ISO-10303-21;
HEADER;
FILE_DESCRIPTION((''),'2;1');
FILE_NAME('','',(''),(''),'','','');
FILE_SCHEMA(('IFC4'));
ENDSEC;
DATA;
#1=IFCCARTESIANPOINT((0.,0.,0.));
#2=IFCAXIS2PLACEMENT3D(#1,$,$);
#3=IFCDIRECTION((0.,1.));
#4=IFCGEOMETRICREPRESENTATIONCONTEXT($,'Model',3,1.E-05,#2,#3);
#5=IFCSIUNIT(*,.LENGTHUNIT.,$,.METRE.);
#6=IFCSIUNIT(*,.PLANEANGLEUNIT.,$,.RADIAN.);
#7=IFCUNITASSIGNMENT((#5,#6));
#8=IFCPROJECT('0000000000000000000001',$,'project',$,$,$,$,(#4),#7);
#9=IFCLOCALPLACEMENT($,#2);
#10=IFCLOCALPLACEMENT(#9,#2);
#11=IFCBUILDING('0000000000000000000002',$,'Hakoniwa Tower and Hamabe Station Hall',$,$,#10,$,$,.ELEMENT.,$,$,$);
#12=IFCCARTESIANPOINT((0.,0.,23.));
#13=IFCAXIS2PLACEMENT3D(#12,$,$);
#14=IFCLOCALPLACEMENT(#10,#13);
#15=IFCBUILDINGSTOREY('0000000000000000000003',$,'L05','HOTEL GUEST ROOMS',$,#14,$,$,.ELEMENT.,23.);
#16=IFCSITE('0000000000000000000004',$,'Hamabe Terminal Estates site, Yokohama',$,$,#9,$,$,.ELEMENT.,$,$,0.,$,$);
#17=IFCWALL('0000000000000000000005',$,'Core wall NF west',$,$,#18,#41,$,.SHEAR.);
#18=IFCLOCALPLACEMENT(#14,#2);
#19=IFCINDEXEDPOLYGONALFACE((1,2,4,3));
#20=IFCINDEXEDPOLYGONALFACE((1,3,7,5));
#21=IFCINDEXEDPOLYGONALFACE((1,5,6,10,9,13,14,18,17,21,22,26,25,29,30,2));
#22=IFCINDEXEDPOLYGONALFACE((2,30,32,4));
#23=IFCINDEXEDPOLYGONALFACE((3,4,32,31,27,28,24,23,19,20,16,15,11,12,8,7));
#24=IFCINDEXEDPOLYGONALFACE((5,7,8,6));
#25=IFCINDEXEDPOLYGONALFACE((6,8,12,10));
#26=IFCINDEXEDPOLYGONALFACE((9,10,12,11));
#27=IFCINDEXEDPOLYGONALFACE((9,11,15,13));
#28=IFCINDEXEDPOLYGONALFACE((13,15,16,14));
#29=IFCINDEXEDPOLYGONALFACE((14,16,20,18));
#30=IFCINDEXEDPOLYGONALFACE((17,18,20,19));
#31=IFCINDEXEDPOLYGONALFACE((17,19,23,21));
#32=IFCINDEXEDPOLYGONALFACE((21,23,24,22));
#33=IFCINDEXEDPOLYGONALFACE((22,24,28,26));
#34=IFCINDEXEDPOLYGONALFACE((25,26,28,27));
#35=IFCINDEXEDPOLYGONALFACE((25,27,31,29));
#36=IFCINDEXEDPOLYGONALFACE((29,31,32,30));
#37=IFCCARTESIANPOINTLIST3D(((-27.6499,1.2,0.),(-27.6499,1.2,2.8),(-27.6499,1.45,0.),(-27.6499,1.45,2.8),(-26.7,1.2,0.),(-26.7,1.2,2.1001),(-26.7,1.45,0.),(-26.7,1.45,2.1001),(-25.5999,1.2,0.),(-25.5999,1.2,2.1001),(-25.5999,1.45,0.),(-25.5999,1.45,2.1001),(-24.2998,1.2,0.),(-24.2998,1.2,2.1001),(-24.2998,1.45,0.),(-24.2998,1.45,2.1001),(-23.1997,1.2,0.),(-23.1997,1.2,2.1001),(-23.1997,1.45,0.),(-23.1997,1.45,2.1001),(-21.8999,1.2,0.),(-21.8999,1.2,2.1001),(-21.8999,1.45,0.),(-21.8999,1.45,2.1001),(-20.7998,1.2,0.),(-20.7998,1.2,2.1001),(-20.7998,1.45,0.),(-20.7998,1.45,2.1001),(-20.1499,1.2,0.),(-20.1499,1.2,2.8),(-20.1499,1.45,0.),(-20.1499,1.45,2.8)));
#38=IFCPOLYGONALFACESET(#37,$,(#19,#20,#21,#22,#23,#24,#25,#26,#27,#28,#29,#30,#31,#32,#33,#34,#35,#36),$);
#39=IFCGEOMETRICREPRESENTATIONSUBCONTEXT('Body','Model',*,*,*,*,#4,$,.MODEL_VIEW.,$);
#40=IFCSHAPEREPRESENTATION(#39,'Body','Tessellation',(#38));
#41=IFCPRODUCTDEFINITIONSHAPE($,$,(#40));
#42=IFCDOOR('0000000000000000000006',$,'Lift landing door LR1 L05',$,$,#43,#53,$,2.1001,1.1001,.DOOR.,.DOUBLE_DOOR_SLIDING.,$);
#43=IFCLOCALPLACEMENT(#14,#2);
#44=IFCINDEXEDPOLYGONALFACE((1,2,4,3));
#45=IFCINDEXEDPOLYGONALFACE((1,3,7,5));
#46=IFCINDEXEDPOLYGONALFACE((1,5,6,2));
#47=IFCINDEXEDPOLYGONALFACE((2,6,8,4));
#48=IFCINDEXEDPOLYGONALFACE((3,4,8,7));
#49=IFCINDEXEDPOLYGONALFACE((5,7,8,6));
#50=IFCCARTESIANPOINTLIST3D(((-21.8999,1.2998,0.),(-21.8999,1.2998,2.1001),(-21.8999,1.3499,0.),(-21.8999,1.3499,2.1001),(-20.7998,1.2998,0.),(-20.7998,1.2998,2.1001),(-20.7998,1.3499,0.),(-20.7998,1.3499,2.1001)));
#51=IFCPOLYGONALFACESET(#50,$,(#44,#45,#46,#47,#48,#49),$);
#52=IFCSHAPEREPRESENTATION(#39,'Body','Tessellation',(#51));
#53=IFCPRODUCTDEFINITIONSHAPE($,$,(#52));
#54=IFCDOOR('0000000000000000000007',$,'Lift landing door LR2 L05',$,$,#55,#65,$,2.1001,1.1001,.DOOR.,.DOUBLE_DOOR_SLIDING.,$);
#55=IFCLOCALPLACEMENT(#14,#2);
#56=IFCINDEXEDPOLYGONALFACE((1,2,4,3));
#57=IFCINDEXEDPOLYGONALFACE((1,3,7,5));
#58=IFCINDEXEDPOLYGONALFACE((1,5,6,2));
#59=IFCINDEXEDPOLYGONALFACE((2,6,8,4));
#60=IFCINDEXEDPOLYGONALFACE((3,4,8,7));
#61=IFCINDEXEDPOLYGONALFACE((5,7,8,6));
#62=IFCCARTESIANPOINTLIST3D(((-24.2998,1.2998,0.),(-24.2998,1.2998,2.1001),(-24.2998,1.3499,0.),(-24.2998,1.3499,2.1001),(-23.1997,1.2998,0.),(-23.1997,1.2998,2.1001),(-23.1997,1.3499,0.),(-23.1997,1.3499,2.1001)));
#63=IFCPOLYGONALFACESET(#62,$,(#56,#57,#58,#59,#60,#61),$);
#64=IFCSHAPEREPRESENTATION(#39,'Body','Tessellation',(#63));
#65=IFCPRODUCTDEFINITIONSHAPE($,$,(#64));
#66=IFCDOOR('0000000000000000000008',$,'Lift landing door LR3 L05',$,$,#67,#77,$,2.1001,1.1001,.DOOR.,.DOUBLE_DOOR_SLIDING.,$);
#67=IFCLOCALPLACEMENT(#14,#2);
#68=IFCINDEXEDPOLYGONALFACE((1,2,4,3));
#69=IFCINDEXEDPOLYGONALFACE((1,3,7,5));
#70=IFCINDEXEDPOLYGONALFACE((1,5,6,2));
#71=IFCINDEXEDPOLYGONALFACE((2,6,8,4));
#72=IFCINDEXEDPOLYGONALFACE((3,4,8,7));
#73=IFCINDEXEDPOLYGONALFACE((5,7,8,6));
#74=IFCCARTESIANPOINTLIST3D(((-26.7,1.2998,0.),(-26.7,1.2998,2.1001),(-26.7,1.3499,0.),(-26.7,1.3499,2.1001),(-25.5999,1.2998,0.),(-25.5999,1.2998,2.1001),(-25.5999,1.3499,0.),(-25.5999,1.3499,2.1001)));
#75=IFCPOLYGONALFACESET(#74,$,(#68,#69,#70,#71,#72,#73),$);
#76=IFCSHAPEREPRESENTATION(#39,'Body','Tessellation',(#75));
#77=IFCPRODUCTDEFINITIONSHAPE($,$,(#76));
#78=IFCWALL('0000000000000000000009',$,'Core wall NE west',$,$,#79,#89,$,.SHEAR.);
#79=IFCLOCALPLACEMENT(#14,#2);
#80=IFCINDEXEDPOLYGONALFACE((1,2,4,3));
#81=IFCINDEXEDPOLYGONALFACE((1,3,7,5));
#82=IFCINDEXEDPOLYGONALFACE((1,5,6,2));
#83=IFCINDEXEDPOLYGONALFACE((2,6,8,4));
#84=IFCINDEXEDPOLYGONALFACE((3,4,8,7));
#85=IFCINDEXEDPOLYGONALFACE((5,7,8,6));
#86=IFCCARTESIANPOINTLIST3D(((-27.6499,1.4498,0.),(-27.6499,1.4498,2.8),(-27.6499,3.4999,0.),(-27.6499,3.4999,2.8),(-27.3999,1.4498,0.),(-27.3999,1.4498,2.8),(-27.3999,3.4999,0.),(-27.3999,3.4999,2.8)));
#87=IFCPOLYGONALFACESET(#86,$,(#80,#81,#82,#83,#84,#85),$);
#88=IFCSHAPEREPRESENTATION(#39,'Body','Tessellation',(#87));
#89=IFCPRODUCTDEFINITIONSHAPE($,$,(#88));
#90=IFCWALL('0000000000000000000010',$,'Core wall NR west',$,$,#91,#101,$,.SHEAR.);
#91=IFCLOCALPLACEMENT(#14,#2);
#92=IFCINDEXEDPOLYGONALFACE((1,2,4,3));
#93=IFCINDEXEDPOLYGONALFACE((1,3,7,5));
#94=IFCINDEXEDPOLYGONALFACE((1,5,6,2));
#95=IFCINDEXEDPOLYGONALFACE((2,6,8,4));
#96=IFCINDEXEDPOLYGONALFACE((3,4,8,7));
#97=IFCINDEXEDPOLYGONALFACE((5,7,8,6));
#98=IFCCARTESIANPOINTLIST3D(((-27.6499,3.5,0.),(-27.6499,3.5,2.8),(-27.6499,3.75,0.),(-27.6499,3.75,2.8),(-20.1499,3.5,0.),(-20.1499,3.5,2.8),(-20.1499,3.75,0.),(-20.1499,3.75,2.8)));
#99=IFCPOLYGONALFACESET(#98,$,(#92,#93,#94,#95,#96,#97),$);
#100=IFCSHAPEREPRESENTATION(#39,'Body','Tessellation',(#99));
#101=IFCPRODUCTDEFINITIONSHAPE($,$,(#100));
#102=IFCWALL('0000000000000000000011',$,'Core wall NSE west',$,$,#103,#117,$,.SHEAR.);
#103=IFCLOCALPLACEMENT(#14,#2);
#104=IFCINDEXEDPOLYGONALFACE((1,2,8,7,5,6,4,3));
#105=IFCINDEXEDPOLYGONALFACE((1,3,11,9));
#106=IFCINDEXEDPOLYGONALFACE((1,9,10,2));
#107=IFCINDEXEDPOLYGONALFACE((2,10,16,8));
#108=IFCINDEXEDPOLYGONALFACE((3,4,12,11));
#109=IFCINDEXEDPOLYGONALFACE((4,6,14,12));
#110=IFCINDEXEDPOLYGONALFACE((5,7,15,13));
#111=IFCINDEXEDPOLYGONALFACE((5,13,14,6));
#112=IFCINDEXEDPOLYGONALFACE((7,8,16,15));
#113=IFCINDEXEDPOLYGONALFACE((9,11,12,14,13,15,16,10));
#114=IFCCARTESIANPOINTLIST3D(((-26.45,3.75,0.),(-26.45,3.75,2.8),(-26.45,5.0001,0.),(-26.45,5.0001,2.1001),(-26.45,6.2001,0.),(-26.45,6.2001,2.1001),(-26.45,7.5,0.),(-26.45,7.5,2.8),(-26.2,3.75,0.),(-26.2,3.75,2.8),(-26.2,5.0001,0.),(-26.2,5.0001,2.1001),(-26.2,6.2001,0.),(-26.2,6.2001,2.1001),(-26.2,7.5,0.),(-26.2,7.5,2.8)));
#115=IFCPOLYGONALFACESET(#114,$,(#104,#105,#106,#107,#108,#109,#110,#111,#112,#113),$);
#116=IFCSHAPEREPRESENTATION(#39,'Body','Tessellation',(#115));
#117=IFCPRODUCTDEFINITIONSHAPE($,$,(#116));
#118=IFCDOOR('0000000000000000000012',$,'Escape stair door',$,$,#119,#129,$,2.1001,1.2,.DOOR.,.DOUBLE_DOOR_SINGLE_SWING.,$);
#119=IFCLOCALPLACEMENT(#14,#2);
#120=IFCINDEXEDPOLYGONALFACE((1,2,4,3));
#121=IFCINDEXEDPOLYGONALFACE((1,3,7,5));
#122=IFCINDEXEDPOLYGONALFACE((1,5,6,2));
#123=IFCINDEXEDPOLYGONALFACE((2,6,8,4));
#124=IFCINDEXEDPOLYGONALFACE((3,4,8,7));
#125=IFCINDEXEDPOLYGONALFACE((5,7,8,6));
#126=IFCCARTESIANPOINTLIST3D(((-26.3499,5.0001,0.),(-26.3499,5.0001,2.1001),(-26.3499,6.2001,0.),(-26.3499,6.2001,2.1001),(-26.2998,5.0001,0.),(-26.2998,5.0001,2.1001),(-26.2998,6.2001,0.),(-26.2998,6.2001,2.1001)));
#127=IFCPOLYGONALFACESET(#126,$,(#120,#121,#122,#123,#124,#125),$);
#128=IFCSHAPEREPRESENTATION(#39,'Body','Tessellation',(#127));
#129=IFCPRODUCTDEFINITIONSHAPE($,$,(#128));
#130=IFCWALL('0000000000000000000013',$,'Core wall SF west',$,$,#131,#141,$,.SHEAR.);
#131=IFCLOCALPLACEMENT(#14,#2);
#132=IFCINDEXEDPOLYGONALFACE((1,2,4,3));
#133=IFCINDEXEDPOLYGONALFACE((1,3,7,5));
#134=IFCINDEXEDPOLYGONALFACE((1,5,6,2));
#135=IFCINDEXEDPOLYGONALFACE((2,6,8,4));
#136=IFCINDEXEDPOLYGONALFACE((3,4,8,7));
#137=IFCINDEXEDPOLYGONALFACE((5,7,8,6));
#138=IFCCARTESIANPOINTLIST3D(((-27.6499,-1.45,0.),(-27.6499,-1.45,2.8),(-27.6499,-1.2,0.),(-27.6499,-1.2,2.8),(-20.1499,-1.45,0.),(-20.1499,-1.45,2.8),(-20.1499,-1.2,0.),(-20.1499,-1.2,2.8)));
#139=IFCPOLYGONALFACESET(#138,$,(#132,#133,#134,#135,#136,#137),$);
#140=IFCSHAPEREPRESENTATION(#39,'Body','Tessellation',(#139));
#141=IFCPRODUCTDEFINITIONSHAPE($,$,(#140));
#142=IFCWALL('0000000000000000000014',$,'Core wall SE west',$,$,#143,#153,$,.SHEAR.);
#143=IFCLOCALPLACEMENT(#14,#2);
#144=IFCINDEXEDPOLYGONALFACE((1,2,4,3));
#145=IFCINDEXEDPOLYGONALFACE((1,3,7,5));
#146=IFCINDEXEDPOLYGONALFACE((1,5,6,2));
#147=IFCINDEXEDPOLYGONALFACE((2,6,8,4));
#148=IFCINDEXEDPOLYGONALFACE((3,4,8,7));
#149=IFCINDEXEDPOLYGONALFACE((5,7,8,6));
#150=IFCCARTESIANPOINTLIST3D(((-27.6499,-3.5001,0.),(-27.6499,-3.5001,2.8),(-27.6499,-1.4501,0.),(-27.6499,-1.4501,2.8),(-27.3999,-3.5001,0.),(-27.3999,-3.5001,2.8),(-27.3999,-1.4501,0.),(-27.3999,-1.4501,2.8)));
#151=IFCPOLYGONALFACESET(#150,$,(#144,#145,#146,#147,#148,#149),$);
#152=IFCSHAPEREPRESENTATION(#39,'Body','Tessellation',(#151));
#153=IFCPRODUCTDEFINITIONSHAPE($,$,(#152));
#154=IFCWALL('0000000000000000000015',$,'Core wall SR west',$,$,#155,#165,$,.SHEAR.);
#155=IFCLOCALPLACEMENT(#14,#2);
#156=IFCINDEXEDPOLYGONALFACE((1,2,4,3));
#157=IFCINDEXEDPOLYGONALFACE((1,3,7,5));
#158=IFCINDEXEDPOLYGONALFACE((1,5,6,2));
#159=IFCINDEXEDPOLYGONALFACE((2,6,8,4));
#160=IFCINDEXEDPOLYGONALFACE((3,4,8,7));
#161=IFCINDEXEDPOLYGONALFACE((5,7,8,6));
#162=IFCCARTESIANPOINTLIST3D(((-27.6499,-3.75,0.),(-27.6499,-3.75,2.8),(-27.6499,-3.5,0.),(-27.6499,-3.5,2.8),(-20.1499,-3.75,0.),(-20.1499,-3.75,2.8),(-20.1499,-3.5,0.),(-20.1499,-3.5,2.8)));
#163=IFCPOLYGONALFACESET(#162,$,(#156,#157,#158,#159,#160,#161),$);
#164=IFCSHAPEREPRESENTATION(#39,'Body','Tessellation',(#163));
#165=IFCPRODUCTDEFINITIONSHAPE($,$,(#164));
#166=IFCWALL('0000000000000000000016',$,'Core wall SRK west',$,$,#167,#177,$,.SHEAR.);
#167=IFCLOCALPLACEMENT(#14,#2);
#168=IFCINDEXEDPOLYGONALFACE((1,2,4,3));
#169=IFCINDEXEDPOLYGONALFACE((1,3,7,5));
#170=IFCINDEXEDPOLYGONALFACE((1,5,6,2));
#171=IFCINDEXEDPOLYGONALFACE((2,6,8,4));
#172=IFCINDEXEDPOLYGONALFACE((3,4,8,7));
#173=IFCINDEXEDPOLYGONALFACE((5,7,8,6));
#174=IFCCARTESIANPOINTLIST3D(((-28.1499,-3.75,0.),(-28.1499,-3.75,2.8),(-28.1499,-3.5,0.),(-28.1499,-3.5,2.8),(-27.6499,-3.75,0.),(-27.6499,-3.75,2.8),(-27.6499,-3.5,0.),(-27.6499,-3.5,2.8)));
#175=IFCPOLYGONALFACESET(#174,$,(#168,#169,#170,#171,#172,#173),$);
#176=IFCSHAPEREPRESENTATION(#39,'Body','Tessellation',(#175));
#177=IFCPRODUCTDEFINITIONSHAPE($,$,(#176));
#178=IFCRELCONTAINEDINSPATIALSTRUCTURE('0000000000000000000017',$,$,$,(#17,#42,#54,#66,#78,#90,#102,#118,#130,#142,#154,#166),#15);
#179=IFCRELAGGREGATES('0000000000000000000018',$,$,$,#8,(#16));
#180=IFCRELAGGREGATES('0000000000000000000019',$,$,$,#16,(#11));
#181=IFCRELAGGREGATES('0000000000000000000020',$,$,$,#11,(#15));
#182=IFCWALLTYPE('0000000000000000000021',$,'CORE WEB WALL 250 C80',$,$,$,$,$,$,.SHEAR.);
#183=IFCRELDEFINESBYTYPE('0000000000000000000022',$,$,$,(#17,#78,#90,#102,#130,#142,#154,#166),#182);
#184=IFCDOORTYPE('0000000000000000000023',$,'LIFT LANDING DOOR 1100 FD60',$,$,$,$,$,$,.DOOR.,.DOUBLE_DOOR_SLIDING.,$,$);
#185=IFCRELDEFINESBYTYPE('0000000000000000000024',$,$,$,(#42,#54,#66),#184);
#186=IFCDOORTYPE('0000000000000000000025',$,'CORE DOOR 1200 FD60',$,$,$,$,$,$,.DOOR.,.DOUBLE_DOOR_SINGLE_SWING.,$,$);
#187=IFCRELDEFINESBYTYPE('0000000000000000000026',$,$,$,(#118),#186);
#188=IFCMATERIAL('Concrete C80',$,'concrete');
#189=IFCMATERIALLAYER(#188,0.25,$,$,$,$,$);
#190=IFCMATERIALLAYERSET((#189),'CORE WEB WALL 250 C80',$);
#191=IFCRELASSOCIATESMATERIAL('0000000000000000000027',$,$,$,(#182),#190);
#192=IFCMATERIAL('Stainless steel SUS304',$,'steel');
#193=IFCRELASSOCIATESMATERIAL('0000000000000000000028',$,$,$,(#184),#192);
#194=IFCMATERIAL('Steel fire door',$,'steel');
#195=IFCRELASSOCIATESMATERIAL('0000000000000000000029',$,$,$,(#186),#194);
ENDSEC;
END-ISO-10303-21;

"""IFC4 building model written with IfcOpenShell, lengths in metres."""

from ifc_helpers import new_model, si_unit, direction, frame, frame_2d, origin, place, context, subcontext, project, spatial, rectangle, extrude, material, layer, layer_set, type_object, element, fill, save


model = new_model("IFC4")

# Units and contexts
model_context = context("Model", 3, precision=1e-05, world=origin(), true_north=direction((0.0, 1.0)))
body_context = subcontext(model_context, "Body", "Model", "MODEL_VIEW")
ifc_project = project(units=[si_unit("LENGTHUNIT", "METRE"), si_unit("PLANEANGLEUNIT", "RADIAN")], contexts=[model_context])

# Site, building, storey
site_placement = place(None, origin())
site = spatial("IfcSite", under=ifc_project, at=site_placement, Name="Hamabe Terminal Estates site, Yokohama", CompositionType="ELEMENT", RefElevation=0.0)
building_placement = place(site_placement, origin())
building = spatial("IfcBuilding", under=site, at=building_placement, Name="Hakoniwa Tower and Hamabe Station Hall", CompositionType="ELEMENT")
storey_placement = place(building_placement, frame((0.0, 0.0, 23.0)))
storey = spatial("IfcBuildingStorey", under=building, at=storey_placement, Name="L05", Description="HOTEL GUEST ROOMS", CompositionType="ELEMENT", Elevation=23.0)

# Shared definitions
ifc_material_1 = material(Name="Concrete C80", Category="concrete")
ifc_layer_1 = layer(ifc_material_1, 0.25)
ifc_layer_set_1 = layer_set([ifc_layer_1], Name="CORE WEB WALL 250 C80")
wall_type_1 = type_object("IfcWallType", Name="CORE WEB WALL 250 C80", PredefinedType="SHEAR", material=ifc_layer_set_1)

# Wall, openings, doors
wall_1_placement = place(storey_placement, frame((-27.6499, 1.325, 0.0), z_axis=(0.0, 0.0, 1.0), x_axis=(1.0, 0.0, 0.0)))
wall_1 = element("IfcWall", 1, at=wall_1_placement, inside=storey, type_object=wall_type_1, Name="Core wall NF west", PredefinedType="SHEAR", context=body_context, shape_type="SweptSolid", body=[
    extrude(rectangle(XDim=7.5, YDim=0.25, at=frame_2d((3.75, 0.0))), origin(), (0.0, 0.0, 1.0), 2.8),
])
opening_1_placement = place(wall_1_placement, frame((5.75, 0.0, 0.0)))
opening_1 = element("IfcOpeningElement", 2, at=opening_1_placement, cuts=wall_1, PredefinedType="OPENING", context=body_context, shape_type="SweptSolid", body=[
    extrude(rectangle(XDim=1.1001, YDim=2.1001, at=frame_2d((0.55, 1.05))), frame((0.0, 0.135, 0.0), z_axis=(0.0, -1.0, 0.0), x_axis=(1.0, 0.0, 0.0)), (0.0, 0.0, 1.0), 0.27),
])
opening_2_placement = place(wall_1_placement, frame((3.3501, 0.0, 0.0)))
opening_2 = element("IfcOpeningElement", 3, at=opening_2_placement, cuts=wall_1, PredefinedType="OPENING", context=body_context, shape_type="SweptSolid", body=[
    extrude(rectangle(XDim=1.1001, YDim=2.1001, at=frame_2d((0.55, 1.05))), frame((0.0, 0.135, 0.0), z_axis=(0.0, -1.0, 0.0), x_axis=(1.0, 0.0, 0.0)), (0.0, 0.0, 1.0), 0.27),
])
opening_3_placement = place(wall_1_placement, frame((0.95, 0.0, 0.0)))
opening_3 = element("IfcOpeningElement", 4, at=opening_3_placement, cuts=wall_1, PredefinedType="OPENING", context=body_context, shape_type="SweptSolid", body=[
    extrude(rectangle(XDim=1.1001, YDim=2.1001, at=frame_2d((0.55, 1.05))), frame((0.0, 0.135, 0.0), z_axis=(0.0, -1.0, 0.0), x_axis=(1.0, 0.0, 0.0)), (0.0, 0.0, 1.0), 0.27),
])
ifc_material_2 = material(Name="Stainless steel SUS304", Category="steel")
door_type_1 = type_object("IfcDoorType", Name="LIFT LANDING DOOR 1100 FD60", OperationType="DOUBLE_DOOR_SLIDING", PredefinedType="DOOR", material=ifc_material_2)
door_1_placement = place(opening_1_placement, origin())
door_1 = element("IfcDoor", 5, at=door_1_placement, inside=storey, type_object=door_type_1, Name="Lift landing door LR1 L05", OperationType="DOUBLE_DOOR_SLIDING", OverallHeight=2.1001, OverallWidth=1.1001, PredefinedType="DOOR", context=body_context, shape_type="SweptSolid", body=[
    extrude(rectangle(XDim=1.1001, YDim=2.1001, at=frame_2d((0.55, 1.05))), frame((0.0, 0.0249, 0.0), z_axis=(0.0, -1.0, 0.0), x_axis=(1.0, 0.0, 0.0)), (0.0, 0.0, 1.0), 0.05),
])
fill(opening_1, door_1)
door_2_placement = place(opening_2_placement, origin())
door_2 = element("IfcDoor", 6, at=door_2_placement, inside=storey, type_object=door_type_1, Name="Lift landing door LR2 L05", OperationType="DOUBLE_DOOR_SLIDING", OverallHeight=2.1001, OverallWidth=1.1001, PredefinedType="DOOR", context=body_context, shape_type="SweptSolid", body=[
    extrude(rectangle(XDim=1.1001, YDim=2.1001, at=frame_2d((0.55, 1.05))), frame((0.0, 0.0249, 0.0), z_axis=(0.0, -1.0, 0.0), x_axis=(1.0, 0.0, 0.0)), (0.0, 0.0, 1.0), 0.05),
])
fill(opening_2, door_2)
door_3_placement = place(opening_3_placement, origin())
door_3 = element("IfcDoor", 7, at=door_3_placement, inside=storey, type_object=door_type_1, Name="Lift landing door LR3 L05", OperationType="DOUBLE_DOOR_SLIDING", OverallHeight=2.1001, OverallWidth=1.1001, PredefinedType="DOOR", context=body_context, shape_type="SweptSolid", body=[
    extrude(rectangle(XDim=1.1001, YDim=2.1001, at=frame_2d((0.55, 1.05))), frame((0.0, 0.0249, 0.0), z_axis=(0.0, -1.0, 0.0), x_axis=(1.0, 0.0, 0.0)), (0.0, 0.0, 1.0), 0.05),
])
fill(opening_3, door_3)

# Walls
wall_2_placement = place(storey_placement, frame((-27.5249, 1.45, 0.0), z_axis=(0.0, 0.0, 1.0), x_axis=(0.0, 1.0, 0.0)))
element("IfcWall", 8, at=wall_2_placement, inside=storey, type_object=wall_type_1, Name="Core wall NE west", PredefinedType="SHEAR", context=body_context, shape_type="SweptSolid", body=[
    extrude(rectangle(XDim=2.05, YDim=0.25, at=frame_2d((1.0249, 0.0))), origin(), (0.0, 0.0, 1.0), 2.8),
])
wall_3_placement = place(storey_placement, frame((-27.6499, 3.625, 0.0), z_axis=(0.0, 0.0, 1.0), x_axis=(1.0, 0.0, 0.0)))
element("IfcWall", 9, at=wall_3_placement, inside=storey, type_object=wall_type_1, Name="Core wall NR west", PredefinedType="SHEAR", context=body_context, shape_type="SweptSolid", body=[
    extrude(rectangle(XDim=7.5, YDim=0.25, at=frame_2d((3.75, 0.0))), origin(), (0.0, 0.0, 1.0), 2.8),
])

# Wall, opening, door
wall_4_placement = place(storey_placement, frame((-26.325, 3.75, 0.0), z_axis=(0.0, 0.0, 1.0), x_axis=(0.0, 1.0, 0.0)))
wall_4 = element("IfcWall", 10, at=wall_4_placement, inside=storey, type_object=wall_type_1, Name="Core wall NSE west", PredefinedType="SHEAR", context=body_context, shape_type="SweptSolid", body=[
    extrude(rectangle(XDim=3.75, YDim=0.25, at=frame_2d((1.875, 0.0))), origin(), (0.0, 0.0, 1.0), 2.8),
])
opening_4_placement = place(wall_4_placement, frame((1.25, 0.0, 0.0)))
opening_4 = element("IfcOpeningElement", 11, at=opening_4_placement, cuts=wall_4, PredefinedType="OPENING", context=body_context, shape_type="SweptSolid", body=[
    extrude(rectangle(XDim=1.2, YDim=2.1001, at=frame_2d((0.6001, 1.05))), frame((0.0, 0.135, 0.0), z_axis=(0.0, -1.0, 0.0), x_axis=(1.0, 0.0, 0.0)), (0.0, 0.0, 1.0), 0.27),
])
ifc_material_3 = material(Name="Steel fire door", Category="steel")
door_type_2 = type_object("IfcDoorType", Name="CORE DOOR 1200 FD60", OperationType="DOUBLE_DOOR_SINGLE_SWING", PredefinedType="DOOR", material=ifc_material_3)
door_4_placement = place(opening_4_placement, origin())
door_4 = element("IfcDoor", 12, at=door_4_placement, inside=storey, type_object=door_type_2, Name="Escape stair door", OperationType="DOUBLE_DOOR_SINGLE_SWING", OverallHeight=2.1001, OverallWidth=1.2, PredefinedType="DOOR", context=body_context, shape_type="SweptSolid", body=[
    extrude(rectangle(XDim=1.2, YDim=2.1001, at=frame_2d((0.6001, 1.05))), frame((0.0, 0.0249, 0.0), z_axis=(0.0, -1.0, 0.0), x_axis=(1.0, 0.0, 0.0)), (0.0, 0.0, 1.0), 0.05),
])
fill(opening_4, door_4)

# Walls
wall_5_placement = place(storey_placement, frame((-27.6499, -1.325, 0.0), z_axis=(0.0, 0.0, 1.0), x_axis=(1.0, 0.0, 0.0)))
element("IfcWall", 13, at=wall_5_placement, inside=storey, type_object=wall_type_1, Name="Core wall SF west", PredefinedType="SHEAR", context=body_context, shape_type="SweptSolid", body=[
    extrude(rectangle(XDim=7.5, YDim=0.25, at=frame_2d((3.75, 0.0))), origin(), (0.0, 0.0, 1.0), 2.8),
])
wall_6_placement = place(storey_placement, frame((-27.5249, -3.5, 0.0), z_axis=(0.0, 0.0, 1.0), x_axis=(0.0, 1.0, 0.0)))
element("IfcWall", 14, at=wall_6_placement, inside=storey, type_object=wall_type_1, Name="Core wall SE west", PredefinedType="SHEAR", context=body_context, shape_type="SweptSolid", body=[
    extrude(rectangle(XDim=2.05, YDim=0.25, at=frame_2d((1.0249, 0.0))), origin(), (0.0, 0.0, 1.0), 2.8),
])
wall_7_placement = place(storey_placement, frame((-27.6499, -3.625, 0.0), z_axis=(0.0, 0.0, 1.0), x_axis=(1.0, 0.0, 0.0)))
element("IfcWall", 15, at=wall_7_placement, inside=storey, type_object=wall_type_1, Name="Core wall SR west", PredefinedType="SHEAR", context=body_context, shape_type="SweptSolid", body=[
    extrude(rectangle(XDim=7.5, YDim=0.25, at=frame_2d((3.75, 0.0))), origin(), (0.0, 0.0, 1.0), 2.8),
])
wall_8_placement = place(storey_placement, frame((-28.1499, -3.625, 0.0), z_axis=(0.0, 0.0, 1.0), x_axis=(1.0, 0.0, 0.0)))
element("IfcWall", 16, at=wall_8_placement, inside=storey, type_object=wall_type_1, Name="Core wall SRK west", PredefinedType="SHEAR", context=body_context, shape_type="SweptSolid", body=[
    extrude(rectangle(XDim=0.5, YDim=0.25, at=frame_2d((0.25, 0.0))), origin(), (0.0, 0.0, 1.0), 2.8),
])

save(model, "model.ifc")
